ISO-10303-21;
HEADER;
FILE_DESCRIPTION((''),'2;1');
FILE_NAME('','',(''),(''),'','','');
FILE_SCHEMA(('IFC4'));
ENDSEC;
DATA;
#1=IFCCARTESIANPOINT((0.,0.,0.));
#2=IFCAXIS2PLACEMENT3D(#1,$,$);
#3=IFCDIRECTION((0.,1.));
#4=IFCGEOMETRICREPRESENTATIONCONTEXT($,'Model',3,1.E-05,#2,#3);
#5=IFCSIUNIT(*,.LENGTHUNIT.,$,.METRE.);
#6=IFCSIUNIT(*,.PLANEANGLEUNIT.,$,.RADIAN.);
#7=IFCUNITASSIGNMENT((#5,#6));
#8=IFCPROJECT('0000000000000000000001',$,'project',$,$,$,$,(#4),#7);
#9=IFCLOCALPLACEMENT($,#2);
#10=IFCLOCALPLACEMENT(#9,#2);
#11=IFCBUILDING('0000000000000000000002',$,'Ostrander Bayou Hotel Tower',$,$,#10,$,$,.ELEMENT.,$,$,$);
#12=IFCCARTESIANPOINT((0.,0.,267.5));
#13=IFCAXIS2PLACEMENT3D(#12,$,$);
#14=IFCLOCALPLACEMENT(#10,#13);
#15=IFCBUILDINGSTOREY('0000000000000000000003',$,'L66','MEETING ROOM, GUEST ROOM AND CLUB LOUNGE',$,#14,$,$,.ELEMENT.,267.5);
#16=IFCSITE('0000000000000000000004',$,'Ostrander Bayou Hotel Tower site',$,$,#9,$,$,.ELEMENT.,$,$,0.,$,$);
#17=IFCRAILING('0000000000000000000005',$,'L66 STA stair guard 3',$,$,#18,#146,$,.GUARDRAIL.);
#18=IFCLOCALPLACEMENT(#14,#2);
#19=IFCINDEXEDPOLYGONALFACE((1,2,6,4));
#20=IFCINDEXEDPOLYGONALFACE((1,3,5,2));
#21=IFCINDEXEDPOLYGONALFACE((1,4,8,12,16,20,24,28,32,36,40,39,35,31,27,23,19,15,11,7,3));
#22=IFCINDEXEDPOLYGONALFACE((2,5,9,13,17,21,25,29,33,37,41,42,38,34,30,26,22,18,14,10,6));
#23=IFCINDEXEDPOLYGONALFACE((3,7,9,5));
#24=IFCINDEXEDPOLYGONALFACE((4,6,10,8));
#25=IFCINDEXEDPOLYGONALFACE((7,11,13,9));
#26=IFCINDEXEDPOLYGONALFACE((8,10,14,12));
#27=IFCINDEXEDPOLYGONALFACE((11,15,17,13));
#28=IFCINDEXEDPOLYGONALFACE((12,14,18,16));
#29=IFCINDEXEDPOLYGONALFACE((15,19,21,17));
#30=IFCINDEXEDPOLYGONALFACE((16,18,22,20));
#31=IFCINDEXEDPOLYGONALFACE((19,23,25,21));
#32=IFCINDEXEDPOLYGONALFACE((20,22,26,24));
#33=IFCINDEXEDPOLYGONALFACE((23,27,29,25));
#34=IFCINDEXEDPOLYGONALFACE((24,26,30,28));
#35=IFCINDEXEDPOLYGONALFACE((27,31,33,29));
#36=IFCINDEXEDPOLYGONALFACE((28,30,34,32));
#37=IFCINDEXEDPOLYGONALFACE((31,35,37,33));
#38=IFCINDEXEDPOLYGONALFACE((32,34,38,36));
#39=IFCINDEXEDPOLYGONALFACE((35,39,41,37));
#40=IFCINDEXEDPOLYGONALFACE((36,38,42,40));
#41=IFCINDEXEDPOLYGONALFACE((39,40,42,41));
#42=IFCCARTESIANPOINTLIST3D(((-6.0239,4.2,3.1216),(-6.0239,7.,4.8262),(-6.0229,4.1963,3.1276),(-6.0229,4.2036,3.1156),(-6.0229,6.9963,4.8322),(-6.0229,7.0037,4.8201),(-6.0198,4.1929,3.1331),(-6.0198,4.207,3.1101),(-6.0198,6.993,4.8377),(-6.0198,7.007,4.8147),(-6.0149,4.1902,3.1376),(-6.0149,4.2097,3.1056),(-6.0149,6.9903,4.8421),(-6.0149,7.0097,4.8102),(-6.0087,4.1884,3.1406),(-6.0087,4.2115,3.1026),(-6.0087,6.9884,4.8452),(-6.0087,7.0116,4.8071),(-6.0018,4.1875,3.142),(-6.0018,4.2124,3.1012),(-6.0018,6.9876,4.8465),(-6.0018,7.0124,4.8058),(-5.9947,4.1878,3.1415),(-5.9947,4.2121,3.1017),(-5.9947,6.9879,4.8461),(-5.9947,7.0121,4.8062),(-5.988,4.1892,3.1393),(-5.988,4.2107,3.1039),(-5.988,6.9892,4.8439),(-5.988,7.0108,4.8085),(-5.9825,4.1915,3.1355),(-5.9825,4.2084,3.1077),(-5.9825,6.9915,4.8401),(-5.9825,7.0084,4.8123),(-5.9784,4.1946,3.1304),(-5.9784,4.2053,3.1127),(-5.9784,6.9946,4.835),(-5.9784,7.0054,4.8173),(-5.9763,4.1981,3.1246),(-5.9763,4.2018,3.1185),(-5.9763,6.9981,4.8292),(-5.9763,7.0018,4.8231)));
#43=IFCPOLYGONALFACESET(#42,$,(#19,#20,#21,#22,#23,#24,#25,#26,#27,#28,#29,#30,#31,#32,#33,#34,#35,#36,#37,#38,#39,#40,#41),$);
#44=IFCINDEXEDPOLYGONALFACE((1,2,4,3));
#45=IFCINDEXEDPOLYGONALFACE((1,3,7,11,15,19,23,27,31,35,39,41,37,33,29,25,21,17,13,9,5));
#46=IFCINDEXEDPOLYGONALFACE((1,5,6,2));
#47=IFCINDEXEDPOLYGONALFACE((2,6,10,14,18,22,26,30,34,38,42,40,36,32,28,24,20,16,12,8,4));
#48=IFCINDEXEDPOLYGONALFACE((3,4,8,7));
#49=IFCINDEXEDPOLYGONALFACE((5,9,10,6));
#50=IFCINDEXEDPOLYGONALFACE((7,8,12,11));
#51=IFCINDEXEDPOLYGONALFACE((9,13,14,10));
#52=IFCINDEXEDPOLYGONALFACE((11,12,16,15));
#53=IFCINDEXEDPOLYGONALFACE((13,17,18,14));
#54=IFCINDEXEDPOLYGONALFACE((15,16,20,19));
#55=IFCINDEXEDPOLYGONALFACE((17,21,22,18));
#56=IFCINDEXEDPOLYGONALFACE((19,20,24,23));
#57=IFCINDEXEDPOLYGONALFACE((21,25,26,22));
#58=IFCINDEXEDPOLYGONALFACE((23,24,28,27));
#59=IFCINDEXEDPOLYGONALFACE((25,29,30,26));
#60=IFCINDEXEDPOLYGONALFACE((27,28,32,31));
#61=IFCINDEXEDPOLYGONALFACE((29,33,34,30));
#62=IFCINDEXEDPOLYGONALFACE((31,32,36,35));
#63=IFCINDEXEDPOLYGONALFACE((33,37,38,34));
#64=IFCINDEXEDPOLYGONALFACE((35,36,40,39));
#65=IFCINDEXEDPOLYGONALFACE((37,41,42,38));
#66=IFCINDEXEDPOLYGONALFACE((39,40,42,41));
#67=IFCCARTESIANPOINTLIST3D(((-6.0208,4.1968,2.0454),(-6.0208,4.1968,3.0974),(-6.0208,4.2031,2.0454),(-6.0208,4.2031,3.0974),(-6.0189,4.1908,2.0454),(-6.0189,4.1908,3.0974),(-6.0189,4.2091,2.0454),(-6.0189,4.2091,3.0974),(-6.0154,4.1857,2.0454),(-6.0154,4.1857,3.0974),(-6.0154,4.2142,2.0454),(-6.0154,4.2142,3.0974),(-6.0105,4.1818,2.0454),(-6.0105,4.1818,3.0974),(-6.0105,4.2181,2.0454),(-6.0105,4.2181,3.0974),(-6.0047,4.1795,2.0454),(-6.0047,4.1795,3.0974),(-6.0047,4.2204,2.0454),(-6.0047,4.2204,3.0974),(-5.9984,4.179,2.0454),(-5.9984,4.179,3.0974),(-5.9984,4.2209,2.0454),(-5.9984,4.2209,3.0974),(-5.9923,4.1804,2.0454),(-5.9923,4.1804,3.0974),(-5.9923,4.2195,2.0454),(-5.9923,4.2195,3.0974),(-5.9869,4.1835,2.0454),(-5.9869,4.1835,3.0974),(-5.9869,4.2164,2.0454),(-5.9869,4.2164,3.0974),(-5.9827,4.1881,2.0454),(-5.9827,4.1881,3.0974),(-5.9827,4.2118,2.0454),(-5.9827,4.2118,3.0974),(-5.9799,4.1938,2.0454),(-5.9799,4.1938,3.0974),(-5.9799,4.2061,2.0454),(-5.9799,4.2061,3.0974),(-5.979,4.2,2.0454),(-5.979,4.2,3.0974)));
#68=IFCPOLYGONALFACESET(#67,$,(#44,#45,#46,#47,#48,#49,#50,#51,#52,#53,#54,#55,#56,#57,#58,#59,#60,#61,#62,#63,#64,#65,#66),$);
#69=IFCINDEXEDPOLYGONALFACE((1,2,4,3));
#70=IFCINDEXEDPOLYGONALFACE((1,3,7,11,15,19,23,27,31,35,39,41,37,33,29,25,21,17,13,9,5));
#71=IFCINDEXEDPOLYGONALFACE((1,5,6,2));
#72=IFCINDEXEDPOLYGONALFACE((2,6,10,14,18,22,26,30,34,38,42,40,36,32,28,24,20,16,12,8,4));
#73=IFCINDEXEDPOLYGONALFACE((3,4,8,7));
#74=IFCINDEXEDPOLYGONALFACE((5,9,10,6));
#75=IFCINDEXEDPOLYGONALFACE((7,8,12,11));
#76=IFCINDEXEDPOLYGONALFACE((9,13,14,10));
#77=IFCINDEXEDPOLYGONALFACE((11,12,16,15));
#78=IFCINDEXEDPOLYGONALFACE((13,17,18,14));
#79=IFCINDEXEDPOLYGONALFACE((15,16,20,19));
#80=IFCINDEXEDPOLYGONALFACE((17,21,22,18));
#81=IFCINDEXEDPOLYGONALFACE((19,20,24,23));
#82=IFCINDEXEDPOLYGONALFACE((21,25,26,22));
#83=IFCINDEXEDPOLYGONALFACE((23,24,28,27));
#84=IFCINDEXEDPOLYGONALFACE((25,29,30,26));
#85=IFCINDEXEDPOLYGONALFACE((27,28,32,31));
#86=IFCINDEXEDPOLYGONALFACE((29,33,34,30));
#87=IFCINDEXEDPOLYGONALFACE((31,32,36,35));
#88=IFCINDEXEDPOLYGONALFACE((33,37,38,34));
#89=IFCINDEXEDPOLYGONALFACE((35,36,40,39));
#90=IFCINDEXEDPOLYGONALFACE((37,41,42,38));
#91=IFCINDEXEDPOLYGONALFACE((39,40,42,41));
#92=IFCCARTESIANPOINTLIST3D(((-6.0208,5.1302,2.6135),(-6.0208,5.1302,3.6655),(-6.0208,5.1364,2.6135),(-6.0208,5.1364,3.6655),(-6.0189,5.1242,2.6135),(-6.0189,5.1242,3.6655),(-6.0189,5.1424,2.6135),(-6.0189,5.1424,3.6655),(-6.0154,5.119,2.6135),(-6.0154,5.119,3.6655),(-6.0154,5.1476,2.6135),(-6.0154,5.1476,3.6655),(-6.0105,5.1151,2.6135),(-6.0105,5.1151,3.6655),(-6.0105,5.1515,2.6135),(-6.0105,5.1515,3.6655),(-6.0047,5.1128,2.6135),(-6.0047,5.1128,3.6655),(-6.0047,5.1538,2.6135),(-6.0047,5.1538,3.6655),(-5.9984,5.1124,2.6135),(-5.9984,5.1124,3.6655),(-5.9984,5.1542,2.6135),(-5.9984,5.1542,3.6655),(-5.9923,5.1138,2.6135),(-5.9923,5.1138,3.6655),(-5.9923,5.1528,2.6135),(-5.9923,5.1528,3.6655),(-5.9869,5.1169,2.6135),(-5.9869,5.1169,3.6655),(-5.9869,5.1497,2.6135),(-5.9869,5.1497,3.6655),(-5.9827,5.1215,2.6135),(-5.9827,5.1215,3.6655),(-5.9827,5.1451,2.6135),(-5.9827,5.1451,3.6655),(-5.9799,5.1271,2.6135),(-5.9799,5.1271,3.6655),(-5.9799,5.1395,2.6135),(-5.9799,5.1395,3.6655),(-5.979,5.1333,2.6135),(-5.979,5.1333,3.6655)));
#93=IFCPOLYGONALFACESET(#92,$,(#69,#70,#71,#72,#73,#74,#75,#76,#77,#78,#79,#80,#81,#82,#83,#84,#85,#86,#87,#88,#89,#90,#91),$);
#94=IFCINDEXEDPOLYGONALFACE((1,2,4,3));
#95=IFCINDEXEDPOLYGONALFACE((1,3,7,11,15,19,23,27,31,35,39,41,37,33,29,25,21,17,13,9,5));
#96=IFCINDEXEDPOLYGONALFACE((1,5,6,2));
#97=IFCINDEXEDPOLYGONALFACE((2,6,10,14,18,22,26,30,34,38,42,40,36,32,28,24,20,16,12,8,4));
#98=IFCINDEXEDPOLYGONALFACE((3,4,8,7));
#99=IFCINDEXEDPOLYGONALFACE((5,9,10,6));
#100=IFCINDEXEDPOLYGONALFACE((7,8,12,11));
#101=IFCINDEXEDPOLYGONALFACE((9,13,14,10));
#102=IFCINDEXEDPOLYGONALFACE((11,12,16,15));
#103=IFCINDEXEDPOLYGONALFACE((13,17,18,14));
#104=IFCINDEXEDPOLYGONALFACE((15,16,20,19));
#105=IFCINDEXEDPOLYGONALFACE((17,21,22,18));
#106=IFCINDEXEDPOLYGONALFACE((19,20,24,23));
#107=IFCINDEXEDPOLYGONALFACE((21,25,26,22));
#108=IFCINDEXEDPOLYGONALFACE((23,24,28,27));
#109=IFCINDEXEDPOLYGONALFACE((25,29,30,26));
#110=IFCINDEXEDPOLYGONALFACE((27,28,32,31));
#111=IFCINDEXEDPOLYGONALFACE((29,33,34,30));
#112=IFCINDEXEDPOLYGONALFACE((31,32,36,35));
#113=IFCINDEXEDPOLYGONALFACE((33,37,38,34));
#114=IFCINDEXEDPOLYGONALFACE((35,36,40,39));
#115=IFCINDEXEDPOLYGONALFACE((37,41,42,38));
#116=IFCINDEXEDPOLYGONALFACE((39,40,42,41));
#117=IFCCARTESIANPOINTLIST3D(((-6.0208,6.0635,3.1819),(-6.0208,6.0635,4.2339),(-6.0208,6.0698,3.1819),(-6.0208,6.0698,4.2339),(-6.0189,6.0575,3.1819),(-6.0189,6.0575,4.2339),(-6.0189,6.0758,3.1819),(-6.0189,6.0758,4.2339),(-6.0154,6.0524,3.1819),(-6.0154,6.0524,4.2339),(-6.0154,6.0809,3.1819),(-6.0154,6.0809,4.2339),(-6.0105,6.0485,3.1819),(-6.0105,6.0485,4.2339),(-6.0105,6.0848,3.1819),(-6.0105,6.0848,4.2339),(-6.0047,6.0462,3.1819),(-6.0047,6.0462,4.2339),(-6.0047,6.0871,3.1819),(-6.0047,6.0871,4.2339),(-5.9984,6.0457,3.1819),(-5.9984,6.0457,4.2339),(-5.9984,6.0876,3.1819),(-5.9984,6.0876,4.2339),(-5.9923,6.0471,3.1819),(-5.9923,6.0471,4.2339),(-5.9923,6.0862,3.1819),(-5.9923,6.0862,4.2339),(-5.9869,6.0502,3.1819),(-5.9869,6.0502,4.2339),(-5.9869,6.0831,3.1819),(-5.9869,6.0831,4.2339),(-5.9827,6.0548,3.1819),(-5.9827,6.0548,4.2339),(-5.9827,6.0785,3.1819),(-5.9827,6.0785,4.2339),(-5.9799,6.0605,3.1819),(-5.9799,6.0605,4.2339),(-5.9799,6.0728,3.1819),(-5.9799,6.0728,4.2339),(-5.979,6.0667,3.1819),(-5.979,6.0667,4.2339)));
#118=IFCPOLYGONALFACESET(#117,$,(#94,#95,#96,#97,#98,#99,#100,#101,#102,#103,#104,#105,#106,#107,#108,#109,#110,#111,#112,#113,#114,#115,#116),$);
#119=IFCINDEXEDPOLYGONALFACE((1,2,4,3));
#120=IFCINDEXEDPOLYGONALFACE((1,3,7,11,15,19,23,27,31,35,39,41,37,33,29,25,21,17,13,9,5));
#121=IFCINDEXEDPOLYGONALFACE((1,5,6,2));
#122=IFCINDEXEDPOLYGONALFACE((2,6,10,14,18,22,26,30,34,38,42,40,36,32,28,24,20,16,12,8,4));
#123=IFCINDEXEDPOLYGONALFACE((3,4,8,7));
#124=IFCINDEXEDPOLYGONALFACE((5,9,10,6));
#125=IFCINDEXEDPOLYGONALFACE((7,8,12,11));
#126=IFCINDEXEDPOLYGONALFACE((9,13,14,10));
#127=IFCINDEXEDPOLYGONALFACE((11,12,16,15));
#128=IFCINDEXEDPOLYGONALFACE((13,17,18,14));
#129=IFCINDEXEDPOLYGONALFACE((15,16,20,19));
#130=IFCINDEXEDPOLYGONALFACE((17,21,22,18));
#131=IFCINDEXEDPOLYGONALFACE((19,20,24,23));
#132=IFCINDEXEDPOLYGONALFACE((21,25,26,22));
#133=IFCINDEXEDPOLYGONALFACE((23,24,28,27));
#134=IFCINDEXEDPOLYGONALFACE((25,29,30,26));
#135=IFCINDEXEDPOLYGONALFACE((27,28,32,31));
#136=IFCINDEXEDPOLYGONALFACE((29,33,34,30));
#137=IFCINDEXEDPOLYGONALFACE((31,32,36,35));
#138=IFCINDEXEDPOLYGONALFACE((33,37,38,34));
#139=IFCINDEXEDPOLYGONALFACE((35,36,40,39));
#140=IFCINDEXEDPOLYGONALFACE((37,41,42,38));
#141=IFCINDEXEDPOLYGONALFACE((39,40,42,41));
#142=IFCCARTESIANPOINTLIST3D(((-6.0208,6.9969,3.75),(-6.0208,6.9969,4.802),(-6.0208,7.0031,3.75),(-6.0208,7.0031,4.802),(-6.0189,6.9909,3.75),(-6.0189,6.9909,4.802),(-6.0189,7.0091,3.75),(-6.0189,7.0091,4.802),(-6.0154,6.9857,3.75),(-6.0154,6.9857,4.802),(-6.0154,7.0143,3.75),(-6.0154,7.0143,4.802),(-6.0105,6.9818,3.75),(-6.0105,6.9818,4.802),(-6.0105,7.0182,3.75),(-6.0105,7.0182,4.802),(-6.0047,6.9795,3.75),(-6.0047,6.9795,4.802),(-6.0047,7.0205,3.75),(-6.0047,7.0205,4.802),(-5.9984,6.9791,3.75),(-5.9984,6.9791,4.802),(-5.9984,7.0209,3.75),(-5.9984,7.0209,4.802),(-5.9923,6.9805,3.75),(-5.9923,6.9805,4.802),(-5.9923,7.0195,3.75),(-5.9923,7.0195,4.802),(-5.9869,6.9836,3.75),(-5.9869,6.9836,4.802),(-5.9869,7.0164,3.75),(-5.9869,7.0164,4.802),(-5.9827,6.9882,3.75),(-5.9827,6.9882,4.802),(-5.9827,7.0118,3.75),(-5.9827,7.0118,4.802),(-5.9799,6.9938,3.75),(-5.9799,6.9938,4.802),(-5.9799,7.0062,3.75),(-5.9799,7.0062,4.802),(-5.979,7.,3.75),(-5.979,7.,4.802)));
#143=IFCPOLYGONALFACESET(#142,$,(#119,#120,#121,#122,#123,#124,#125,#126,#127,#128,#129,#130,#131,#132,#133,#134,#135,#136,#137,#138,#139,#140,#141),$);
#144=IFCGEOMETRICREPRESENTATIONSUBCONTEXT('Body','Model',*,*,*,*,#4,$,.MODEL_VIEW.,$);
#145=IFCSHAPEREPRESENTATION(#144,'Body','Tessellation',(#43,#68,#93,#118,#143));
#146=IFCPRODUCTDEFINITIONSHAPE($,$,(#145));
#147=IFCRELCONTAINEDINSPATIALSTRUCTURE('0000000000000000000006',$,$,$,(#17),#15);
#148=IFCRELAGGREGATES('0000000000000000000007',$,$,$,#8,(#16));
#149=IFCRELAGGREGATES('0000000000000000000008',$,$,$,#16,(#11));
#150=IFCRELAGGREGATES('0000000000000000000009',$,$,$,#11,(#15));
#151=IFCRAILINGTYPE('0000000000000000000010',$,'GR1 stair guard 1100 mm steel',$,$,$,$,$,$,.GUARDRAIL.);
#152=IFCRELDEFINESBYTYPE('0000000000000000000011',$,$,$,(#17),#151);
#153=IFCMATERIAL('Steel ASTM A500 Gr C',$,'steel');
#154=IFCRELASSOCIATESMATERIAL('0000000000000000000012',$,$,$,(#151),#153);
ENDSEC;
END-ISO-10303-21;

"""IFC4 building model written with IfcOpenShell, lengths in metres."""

from ifc_helpers import new_model, si_unit, direction, frame, origin, origin_2d, place, context, subcontext, project, spatial, circle, extrude, material, type_object, element, save


model = new_model("IFC4")

# Units and contexts
model_context = context("Model", 3, precision=1e-05, world=origin(), true_north=direction((0.0, 1.0)))
body_context = subcontext(model_context, "Body", "Model", "MODEL_VIEW")
ifc_project = project(units=[si_unit("LENGTHUNIT", "METRE"), si_unit("PLANEANGLEUNIT", "RADIAN")], contexts=[model_context])

# Site, building, storey
site_placement = place(None, origin())
site = spatial("IfcSite", under=ifc_project, at=site_placement, Name="Ostrander Bayou Hotel Tower site", CompositionType="ELEMENT", RefElevation=0.0)
building_placement = place(site_placement, origin())
building = spatial("IfcBuilding", under=site, at=building_placement, Name="Ostrander Bayou Hotel Tower", CompositionType="ELEMENT")
storey_placement = place(building_placement, frame((0.0, 0.0, 267.5)))
storey = spatial("IfcBuildingStorey", under=building, at=storey_placement, Name="L66", Description="MEETING ROOM, GUEST ROOM AND CLUB LOUNGE", CompositionType="ELEMENT", Elevation=267.5)

# Railing
ifc_material_1 = material(Name="Steel ASTM A500 Gr C", Category="steel")
railing_type = type_object("IfcRailingType", Name="GR1 stair guard 1100 mm steel", PredefinedType="GUARDRAIL", material=ifc_material_1)
railing_1_placement = place(storey_placement, frame((-6.0, 4.2, 2.0454)))
element("IfcRailing", 1, at=railing_1_placement, inside=storey, type_object=railing_type, Name="L66 STA stair guard 3", PredefinedType="GUARDRAIL", context=body_context, shape_type="SweptSolid", body=[
    extrude(circle(Radius=0.0239, at=origin_2d()), frame((0.0, 0.0, 1.0762), z_axis=(0.0, 0.85417, 0.519994), x_axis=(-1.0, 0.0, 0.0)), (0.0, 0.0, 1.0), 3.2781),
    extrude(circle(Radius=0.021, at=origin_2d()), origin(), (0.0, 0.0, 1.0), 1.052),
    extrude(circle(Radius=0.021, at=origin_2d()), frame((0.0, 0.9333, 0.5681)), (0.0, 0.0, 1.0), 1.052),
    extrude(circle(Radius=0.021, at=origin_2d()), frame((0.0, 1.8667, 1.1365)), (0.0, 0.0, 1.0), 1.052),
    extrude(circle(Radius=0.021, at=origin_2d()), frame((0.0, 2.8, 1.7046)), (0.0, 0.0, 1.0), 1.052),
])

save(model, "model.ifc")
